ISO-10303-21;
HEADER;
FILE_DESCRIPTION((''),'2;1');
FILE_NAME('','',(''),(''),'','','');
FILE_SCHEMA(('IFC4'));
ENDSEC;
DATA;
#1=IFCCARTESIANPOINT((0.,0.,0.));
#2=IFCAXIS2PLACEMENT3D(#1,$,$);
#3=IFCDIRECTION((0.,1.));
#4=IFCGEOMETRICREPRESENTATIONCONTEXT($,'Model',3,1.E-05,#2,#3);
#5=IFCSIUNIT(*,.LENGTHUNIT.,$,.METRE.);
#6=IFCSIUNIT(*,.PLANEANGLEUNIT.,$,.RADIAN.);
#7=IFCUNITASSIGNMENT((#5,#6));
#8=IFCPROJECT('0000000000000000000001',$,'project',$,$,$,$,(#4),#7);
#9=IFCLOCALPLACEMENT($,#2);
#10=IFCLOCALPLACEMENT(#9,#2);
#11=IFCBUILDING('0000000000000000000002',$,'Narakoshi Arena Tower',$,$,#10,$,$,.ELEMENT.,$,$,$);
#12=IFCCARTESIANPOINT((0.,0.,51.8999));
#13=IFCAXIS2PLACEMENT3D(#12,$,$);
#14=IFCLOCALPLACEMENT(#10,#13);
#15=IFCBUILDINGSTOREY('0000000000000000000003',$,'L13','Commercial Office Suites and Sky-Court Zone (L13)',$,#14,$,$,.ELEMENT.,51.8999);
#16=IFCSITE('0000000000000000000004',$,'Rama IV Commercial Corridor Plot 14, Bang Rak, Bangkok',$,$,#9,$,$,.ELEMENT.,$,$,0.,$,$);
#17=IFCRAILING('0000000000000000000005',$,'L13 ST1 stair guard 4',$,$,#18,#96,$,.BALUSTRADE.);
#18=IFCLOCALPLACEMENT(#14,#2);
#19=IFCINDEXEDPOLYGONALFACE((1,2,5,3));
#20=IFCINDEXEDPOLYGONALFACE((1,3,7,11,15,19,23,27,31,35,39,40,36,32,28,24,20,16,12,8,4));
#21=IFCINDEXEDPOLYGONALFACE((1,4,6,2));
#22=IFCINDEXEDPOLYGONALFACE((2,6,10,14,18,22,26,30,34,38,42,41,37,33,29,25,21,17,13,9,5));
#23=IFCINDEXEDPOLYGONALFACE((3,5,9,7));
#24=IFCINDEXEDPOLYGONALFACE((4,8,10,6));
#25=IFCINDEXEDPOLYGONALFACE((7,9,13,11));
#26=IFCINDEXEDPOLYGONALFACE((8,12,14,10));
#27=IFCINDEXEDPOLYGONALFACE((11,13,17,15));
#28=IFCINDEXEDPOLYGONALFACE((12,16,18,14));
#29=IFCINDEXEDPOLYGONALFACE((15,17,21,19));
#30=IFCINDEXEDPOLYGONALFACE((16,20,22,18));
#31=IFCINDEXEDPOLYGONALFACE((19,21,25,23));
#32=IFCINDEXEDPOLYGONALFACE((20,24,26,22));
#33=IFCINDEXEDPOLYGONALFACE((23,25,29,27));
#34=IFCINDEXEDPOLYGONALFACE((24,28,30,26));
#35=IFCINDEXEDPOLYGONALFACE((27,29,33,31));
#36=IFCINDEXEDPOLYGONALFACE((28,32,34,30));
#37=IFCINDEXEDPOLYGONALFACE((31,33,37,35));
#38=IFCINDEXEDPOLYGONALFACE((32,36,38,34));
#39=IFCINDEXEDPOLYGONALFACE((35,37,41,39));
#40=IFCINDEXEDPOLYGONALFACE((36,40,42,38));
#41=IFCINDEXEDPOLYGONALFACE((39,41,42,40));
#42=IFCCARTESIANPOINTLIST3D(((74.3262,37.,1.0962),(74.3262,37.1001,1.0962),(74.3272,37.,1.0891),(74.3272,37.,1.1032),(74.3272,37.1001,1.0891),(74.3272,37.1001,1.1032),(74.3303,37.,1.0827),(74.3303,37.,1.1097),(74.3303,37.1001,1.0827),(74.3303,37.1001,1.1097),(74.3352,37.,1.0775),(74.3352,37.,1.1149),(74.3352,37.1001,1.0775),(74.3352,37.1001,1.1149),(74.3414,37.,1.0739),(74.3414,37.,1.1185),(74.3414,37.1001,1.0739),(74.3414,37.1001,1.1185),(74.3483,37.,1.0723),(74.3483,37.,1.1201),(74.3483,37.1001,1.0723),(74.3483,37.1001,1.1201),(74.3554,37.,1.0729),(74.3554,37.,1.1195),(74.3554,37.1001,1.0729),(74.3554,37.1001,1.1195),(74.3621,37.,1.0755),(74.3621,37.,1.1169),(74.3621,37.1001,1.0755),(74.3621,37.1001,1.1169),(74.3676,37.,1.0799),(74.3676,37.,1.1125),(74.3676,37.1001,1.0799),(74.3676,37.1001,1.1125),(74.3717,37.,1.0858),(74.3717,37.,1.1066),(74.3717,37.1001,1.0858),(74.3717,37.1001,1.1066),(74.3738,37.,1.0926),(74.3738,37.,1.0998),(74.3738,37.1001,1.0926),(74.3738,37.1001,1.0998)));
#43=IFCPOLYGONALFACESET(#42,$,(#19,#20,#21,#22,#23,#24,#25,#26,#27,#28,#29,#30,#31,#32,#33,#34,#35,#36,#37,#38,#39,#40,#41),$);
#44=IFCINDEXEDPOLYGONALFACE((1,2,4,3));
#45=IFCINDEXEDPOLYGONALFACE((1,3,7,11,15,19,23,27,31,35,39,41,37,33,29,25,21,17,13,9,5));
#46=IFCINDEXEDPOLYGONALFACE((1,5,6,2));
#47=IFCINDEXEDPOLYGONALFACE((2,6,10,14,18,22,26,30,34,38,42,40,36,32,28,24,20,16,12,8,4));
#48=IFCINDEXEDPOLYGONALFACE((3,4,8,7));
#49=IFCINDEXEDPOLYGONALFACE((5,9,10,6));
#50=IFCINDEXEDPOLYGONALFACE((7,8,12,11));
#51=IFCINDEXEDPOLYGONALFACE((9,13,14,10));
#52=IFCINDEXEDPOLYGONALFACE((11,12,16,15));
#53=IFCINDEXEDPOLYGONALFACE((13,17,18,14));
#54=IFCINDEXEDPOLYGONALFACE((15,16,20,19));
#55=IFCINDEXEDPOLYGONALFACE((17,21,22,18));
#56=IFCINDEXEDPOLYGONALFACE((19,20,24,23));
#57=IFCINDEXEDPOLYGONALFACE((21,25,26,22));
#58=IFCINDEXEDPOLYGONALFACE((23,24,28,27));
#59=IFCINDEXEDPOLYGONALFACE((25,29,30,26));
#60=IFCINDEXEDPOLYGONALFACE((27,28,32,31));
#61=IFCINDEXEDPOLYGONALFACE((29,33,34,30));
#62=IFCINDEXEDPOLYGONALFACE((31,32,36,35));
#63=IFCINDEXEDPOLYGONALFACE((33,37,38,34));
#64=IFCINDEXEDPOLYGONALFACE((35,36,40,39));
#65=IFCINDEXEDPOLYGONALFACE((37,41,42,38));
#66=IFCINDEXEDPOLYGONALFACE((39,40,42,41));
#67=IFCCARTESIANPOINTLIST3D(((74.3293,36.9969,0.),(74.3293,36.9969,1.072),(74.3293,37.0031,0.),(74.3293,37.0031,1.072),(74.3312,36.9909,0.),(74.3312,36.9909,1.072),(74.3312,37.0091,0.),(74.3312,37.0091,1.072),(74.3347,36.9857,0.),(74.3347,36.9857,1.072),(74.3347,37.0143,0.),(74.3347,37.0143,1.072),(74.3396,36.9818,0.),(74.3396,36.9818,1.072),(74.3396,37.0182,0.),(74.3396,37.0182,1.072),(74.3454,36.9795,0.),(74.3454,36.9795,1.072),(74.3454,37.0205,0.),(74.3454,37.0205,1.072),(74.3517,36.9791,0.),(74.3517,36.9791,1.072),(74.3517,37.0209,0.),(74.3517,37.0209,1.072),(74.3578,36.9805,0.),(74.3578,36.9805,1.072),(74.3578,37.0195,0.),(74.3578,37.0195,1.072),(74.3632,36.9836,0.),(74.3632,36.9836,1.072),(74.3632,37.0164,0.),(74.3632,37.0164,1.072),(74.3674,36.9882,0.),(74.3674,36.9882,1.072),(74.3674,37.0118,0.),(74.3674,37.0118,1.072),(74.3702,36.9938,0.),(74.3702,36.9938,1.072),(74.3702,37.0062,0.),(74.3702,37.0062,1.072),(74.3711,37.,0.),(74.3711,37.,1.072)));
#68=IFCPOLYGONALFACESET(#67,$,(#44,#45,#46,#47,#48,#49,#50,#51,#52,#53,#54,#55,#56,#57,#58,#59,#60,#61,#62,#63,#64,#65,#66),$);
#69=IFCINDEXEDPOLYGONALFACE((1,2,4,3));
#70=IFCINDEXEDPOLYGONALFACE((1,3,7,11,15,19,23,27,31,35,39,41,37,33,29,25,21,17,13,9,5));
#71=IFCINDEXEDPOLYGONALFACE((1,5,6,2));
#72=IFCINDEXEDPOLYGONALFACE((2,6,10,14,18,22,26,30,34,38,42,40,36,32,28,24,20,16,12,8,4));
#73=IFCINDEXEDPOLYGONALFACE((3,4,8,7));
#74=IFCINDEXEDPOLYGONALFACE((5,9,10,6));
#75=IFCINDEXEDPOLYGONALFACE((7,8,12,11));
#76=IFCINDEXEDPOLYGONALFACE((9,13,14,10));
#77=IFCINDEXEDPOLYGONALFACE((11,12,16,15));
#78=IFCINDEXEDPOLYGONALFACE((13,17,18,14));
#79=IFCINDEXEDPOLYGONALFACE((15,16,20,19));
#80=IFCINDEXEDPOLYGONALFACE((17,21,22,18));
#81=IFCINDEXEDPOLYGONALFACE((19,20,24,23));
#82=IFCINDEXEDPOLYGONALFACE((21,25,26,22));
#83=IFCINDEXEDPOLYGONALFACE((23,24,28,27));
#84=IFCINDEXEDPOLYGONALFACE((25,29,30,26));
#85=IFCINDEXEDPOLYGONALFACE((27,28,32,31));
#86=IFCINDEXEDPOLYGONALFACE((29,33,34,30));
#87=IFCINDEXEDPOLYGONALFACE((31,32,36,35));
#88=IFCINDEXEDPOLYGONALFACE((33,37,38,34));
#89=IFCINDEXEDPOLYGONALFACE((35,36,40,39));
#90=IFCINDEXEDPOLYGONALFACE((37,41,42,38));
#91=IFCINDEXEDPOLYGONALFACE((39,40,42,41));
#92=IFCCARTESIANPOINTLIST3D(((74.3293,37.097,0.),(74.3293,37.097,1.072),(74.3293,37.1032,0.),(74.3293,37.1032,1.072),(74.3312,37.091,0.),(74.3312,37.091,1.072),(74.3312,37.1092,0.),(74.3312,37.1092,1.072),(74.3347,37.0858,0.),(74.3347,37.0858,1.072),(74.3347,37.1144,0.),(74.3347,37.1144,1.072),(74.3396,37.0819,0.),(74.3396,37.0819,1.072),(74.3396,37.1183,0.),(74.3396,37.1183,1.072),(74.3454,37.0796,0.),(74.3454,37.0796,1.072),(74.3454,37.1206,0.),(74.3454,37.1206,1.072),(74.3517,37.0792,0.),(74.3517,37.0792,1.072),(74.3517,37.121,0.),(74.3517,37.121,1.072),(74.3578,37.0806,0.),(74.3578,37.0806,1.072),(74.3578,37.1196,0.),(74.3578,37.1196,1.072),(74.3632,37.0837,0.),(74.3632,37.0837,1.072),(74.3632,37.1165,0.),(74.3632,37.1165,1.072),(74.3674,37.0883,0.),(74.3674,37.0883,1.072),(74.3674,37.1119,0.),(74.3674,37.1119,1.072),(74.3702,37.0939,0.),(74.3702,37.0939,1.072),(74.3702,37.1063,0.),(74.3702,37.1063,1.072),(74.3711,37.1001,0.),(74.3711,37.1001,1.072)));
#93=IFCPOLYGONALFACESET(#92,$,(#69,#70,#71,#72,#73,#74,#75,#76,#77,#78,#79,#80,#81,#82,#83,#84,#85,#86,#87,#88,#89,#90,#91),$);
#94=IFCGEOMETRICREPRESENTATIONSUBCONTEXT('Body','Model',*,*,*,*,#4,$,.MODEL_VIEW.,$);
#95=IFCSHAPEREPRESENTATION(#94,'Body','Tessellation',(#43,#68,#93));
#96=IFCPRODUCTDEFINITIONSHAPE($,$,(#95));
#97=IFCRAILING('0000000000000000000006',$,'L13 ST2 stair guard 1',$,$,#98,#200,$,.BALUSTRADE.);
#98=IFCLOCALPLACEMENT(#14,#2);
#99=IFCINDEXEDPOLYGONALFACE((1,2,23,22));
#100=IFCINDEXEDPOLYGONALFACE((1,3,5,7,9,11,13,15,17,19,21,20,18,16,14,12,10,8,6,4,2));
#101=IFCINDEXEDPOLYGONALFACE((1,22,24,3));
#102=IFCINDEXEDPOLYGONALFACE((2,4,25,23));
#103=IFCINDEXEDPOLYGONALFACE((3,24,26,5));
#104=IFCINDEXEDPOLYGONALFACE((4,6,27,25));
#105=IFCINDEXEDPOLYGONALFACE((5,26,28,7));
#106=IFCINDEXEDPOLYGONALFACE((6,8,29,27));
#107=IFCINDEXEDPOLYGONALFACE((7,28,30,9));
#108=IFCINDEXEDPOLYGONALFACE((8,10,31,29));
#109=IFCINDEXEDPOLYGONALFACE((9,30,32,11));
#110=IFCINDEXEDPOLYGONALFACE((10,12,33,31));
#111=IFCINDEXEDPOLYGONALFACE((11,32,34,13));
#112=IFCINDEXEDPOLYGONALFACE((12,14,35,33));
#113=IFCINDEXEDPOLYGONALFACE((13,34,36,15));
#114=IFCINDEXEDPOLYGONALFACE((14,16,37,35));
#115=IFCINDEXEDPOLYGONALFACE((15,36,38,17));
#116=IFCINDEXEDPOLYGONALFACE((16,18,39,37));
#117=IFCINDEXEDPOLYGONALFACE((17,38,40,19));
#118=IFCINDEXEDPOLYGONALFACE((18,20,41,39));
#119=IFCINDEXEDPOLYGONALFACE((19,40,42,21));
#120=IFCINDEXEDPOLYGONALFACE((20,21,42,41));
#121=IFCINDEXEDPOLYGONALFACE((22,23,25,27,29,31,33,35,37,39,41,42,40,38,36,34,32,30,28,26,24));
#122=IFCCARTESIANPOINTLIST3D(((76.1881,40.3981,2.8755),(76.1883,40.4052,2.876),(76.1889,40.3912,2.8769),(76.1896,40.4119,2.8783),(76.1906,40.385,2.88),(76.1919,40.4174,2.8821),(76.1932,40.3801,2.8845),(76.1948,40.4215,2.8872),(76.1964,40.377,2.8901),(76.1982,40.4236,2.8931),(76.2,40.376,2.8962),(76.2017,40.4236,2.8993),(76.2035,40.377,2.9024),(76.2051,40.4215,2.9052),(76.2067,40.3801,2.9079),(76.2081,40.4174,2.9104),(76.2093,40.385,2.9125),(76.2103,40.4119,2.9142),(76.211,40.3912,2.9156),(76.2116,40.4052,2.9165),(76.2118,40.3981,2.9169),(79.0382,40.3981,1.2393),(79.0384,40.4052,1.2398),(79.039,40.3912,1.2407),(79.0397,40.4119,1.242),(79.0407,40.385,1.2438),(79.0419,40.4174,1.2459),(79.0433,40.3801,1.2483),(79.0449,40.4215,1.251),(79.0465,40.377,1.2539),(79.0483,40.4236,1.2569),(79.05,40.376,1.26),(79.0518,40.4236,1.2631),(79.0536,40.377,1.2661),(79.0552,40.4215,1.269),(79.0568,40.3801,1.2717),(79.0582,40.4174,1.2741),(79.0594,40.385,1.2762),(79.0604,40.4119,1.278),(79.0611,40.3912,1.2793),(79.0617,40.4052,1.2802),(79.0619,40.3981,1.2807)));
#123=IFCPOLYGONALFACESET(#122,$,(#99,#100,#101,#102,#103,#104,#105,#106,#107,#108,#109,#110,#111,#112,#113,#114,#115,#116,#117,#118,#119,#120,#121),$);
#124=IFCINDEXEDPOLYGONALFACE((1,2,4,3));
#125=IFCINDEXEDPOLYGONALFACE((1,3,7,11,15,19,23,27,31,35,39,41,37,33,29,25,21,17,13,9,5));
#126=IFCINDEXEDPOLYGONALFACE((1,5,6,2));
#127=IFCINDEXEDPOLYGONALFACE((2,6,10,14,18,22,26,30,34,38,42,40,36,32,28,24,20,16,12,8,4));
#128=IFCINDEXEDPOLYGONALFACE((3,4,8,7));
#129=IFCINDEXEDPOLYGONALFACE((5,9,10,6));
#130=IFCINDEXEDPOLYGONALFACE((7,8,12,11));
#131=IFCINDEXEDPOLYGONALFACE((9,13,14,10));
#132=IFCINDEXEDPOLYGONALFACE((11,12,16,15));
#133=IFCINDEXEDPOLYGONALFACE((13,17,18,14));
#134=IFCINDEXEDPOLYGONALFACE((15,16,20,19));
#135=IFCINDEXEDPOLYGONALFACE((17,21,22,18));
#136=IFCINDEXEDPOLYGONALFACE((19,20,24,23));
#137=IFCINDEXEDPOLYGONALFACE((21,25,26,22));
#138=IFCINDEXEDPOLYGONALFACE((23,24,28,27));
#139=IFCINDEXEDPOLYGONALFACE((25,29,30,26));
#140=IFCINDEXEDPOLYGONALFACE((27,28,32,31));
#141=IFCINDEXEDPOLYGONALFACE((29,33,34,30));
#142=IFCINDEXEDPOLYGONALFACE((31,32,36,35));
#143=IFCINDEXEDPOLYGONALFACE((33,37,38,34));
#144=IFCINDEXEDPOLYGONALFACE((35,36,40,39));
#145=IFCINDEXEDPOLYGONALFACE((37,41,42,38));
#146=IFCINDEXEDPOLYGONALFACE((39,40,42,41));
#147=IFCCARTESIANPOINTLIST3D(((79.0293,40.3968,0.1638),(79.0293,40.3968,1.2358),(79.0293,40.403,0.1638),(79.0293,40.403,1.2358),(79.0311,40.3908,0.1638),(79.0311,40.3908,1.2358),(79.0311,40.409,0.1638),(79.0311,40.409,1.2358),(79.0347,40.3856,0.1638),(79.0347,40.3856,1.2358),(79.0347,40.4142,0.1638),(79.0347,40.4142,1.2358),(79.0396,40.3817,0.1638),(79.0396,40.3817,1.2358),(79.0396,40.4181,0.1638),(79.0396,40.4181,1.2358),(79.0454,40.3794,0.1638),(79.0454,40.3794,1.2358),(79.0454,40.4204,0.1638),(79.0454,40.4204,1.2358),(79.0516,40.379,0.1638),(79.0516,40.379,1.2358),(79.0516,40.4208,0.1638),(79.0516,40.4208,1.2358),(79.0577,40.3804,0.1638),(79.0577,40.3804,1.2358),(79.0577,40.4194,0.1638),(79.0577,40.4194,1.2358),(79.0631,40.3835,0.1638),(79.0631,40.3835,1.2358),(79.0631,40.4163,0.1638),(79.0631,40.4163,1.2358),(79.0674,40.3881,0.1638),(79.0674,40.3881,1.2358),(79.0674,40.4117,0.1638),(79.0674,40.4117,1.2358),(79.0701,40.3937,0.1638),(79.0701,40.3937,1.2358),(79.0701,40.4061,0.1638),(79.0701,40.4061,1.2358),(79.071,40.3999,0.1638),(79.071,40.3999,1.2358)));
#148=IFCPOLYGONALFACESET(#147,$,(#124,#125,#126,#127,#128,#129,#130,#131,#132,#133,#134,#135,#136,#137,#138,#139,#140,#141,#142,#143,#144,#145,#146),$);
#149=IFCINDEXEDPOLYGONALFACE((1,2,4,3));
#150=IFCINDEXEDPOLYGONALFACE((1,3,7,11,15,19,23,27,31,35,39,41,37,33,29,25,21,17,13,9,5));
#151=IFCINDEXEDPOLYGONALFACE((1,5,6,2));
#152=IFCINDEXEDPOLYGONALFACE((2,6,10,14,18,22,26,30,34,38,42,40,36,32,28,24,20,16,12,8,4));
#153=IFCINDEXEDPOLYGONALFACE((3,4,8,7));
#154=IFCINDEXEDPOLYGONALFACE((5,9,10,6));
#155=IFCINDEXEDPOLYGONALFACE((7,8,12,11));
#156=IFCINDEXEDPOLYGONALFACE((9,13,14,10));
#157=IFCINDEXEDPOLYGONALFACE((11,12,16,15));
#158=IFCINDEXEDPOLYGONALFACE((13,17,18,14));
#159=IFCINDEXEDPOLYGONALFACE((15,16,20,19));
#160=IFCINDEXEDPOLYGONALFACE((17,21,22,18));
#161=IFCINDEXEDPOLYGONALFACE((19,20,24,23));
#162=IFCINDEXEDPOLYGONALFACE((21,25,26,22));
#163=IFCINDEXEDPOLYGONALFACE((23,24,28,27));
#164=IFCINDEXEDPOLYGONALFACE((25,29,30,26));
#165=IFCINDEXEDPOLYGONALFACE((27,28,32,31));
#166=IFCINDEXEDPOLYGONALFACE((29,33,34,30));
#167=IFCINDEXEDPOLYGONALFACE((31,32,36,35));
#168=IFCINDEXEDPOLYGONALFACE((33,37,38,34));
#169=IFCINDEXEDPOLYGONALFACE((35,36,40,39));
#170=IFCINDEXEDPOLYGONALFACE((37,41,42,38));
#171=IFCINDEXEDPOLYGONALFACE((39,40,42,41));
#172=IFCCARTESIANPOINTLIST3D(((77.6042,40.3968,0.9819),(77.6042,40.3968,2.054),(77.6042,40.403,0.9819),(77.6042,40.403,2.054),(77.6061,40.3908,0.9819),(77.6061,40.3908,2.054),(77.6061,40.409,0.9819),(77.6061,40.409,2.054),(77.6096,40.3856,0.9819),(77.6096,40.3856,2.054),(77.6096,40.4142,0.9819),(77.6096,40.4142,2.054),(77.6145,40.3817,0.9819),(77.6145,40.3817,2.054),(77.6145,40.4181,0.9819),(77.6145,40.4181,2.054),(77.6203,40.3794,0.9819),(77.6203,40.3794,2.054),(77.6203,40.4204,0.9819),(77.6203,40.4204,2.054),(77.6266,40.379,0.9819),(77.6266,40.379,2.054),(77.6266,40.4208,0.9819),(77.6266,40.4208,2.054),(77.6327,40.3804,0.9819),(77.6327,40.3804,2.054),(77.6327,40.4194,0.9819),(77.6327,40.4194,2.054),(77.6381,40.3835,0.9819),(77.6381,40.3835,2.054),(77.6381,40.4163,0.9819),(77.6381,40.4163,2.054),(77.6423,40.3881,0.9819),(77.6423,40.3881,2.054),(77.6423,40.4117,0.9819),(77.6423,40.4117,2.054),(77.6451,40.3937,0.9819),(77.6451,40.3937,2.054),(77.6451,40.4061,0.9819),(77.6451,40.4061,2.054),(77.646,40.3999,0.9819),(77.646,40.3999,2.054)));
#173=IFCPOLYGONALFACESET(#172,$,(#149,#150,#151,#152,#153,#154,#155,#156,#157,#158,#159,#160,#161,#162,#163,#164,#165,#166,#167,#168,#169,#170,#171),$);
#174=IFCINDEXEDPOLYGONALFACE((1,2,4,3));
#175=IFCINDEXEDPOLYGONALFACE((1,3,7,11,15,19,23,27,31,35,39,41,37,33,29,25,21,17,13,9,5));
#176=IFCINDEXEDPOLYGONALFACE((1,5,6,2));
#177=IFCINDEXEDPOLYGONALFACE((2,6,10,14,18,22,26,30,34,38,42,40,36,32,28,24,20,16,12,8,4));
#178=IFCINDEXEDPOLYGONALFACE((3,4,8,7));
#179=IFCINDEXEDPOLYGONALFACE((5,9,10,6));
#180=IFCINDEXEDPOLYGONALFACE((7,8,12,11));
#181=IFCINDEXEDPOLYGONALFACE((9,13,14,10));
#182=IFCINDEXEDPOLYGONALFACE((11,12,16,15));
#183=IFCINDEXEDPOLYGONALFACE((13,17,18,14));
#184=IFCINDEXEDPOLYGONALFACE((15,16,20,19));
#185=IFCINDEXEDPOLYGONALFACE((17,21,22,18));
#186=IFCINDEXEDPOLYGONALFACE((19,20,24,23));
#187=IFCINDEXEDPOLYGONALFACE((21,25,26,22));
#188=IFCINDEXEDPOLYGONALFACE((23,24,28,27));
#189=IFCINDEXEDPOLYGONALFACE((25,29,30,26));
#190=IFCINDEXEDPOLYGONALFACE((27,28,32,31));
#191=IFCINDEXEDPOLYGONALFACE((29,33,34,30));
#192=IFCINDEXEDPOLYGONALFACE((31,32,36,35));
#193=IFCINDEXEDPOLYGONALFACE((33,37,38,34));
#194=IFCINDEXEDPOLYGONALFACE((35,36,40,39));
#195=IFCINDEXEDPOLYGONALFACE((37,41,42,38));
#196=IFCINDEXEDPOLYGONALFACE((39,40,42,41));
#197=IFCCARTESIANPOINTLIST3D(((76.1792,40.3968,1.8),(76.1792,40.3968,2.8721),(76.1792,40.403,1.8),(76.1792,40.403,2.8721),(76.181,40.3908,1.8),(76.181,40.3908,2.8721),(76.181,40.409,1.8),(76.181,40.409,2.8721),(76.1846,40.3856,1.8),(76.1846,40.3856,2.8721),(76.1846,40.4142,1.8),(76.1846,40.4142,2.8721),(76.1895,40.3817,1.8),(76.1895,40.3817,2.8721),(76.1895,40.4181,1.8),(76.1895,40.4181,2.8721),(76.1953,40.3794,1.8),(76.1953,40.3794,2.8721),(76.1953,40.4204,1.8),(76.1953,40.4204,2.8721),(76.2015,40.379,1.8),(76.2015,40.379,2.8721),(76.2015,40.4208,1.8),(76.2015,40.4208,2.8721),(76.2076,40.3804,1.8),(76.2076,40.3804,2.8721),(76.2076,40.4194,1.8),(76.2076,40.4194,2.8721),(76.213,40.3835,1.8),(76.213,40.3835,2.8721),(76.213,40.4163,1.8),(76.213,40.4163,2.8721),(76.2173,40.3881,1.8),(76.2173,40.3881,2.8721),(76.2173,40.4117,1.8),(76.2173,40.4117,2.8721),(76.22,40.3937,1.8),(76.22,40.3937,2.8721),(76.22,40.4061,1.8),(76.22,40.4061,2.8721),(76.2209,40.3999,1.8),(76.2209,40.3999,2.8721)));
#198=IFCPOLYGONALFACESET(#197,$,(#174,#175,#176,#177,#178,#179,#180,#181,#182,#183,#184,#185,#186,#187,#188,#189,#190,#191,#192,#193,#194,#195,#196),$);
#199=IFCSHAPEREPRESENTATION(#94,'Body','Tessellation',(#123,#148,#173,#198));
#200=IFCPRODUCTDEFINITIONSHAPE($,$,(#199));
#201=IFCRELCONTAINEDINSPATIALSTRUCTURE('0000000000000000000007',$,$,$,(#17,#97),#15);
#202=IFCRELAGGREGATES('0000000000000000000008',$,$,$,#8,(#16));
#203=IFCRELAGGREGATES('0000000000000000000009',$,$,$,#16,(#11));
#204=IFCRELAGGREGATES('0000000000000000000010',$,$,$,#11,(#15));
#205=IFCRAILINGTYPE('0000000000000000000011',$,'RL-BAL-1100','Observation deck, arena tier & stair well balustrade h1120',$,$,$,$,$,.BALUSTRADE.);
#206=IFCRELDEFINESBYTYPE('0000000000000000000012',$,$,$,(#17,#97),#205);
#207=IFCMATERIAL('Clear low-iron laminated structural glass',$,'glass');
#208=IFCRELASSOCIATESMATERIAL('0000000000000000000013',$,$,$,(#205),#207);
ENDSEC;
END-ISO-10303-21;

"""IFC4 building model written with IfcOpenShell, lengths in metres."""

from ifc_helpers import new_model, si_unit, direction, frame, origin, origin_2d, place, context, subcontext, project, spatial, circle, extrude, material, type_object, element, save


model = new_model("IFC4")

# Units and contexts
model_context = context("Model", 3, precision=1e-05, world=origin(), true_north=direction((0.0, 1.0)))
body_context = subcontext(model_context, "Body", "Model", "MODEL_VIEW")
ifc_project = project(units=[si_unit("LENGTHUNIT", "METRE"), si_unit("PLANEANGLEUNIT", "RADIAN")], contexts=[model_context])

# Site, building, storey
site_placement = place(None, origin())
site = spatial("IfcSite", under=ifc_project, at=site_placement, Name="Rama IV Commercial Corridor Plot 14, Bang Rak, Bangkok", CompositionType="ELEMENT", RefElevation=0.0)
building_placement = place(site_placement, origin())
building = spatial("IfcBuilding", under=site, at=building_placement, Name="Narakoshi Arena Tower", CompositionType="ELEMENT")
storey_placement = place(building_placement, frame((0.0, 0.0, 51.8999)))
storey = spatial("IfcBuildingStorey", under=building, at=storey_placement, Name="L13", Description="Commercial Office Suites and Sky-Court Zone (L13)", CompositionType="ELEMENT", Elevation=51.8999)

# Railings
ifc_material_1 = material(Name="Clear low-iron laminated structural glass", Category="glass")
railing_type_1 = type_object("IfcRailingType", Name="RL-BAL-1100", Description="Observation deck, arena tier & stair well balustrade h1120", PredefinedType="BALUSTRADE", material=ifc_material_1)
railing_1_placement = place(storey_placement, frame((74.3501, 37.0, 0.0)))
element("IfcRailing", 1, at=railing_1_placement, inside=storey, type_object=railing_type_1, Name="L13 ST1 stair guard 4", PredefinedType="BALUSTRADE", context=body_context, shape_type="SweptSolid", body=[
    extrude(circle(Radius=0.0239, at=origin_2d()), frame((0.0, 0.0, 1.0962), z_axis=(0.0, 1.0, 0.0), x_axis=(-1.0, 0.0, 0.0)), (0.0, 0.0, 1.0), 0.1001),
    extrude(circle(Radius=0.021, at=origin_2d()), origin(), (0.0, 0.0, 1.0), 1.072),
    extrude(circle(Radius=0.021, at=origin_2d()), frame((0.0, 0.1001, 0.0)), (0.0, 0.0, 1.0), 1.072),
])
railing_2_placement = place(storey_placement, frame((79.05, 40.3999, 0.1638)))
element("IfcRailing", 2, at=railing_2_placement, inside=storey, type_object=railing_type_1, Name="L13 ST2 stair guard 1", PredefinedType="BALUSTRADE", context=body_context, shape_type="SweptSolid", body=[
    extrude(circle(Radius=0.0239, at=origin_2d()), frame((0.0, 0.0, 1.0962), z_axis=(-0.867245, 0.0, 0.497882), x_axis=(0.0, -1.0, 0.0)), (0.0, 0.0, 1.0), 3.2864),
    extrude(circle(Radius=0.021, at=origin_2d()), origin(), (0.0, 0.0, 1.0), 1.072),
    extrude(circle(Radius=0.021, at=origin_2d()), frame((-1.425, 0.0, 0.8181)), (0.0, 0.0, 1.0), 1.072),
    extrude(circle(Radius=0.021, at=origin_2d()), frame((-2.8501, 0.0, 1.6362)), (0.0, 0.0, 1.0), 1.072),
])

save(model, "model.ifc")
